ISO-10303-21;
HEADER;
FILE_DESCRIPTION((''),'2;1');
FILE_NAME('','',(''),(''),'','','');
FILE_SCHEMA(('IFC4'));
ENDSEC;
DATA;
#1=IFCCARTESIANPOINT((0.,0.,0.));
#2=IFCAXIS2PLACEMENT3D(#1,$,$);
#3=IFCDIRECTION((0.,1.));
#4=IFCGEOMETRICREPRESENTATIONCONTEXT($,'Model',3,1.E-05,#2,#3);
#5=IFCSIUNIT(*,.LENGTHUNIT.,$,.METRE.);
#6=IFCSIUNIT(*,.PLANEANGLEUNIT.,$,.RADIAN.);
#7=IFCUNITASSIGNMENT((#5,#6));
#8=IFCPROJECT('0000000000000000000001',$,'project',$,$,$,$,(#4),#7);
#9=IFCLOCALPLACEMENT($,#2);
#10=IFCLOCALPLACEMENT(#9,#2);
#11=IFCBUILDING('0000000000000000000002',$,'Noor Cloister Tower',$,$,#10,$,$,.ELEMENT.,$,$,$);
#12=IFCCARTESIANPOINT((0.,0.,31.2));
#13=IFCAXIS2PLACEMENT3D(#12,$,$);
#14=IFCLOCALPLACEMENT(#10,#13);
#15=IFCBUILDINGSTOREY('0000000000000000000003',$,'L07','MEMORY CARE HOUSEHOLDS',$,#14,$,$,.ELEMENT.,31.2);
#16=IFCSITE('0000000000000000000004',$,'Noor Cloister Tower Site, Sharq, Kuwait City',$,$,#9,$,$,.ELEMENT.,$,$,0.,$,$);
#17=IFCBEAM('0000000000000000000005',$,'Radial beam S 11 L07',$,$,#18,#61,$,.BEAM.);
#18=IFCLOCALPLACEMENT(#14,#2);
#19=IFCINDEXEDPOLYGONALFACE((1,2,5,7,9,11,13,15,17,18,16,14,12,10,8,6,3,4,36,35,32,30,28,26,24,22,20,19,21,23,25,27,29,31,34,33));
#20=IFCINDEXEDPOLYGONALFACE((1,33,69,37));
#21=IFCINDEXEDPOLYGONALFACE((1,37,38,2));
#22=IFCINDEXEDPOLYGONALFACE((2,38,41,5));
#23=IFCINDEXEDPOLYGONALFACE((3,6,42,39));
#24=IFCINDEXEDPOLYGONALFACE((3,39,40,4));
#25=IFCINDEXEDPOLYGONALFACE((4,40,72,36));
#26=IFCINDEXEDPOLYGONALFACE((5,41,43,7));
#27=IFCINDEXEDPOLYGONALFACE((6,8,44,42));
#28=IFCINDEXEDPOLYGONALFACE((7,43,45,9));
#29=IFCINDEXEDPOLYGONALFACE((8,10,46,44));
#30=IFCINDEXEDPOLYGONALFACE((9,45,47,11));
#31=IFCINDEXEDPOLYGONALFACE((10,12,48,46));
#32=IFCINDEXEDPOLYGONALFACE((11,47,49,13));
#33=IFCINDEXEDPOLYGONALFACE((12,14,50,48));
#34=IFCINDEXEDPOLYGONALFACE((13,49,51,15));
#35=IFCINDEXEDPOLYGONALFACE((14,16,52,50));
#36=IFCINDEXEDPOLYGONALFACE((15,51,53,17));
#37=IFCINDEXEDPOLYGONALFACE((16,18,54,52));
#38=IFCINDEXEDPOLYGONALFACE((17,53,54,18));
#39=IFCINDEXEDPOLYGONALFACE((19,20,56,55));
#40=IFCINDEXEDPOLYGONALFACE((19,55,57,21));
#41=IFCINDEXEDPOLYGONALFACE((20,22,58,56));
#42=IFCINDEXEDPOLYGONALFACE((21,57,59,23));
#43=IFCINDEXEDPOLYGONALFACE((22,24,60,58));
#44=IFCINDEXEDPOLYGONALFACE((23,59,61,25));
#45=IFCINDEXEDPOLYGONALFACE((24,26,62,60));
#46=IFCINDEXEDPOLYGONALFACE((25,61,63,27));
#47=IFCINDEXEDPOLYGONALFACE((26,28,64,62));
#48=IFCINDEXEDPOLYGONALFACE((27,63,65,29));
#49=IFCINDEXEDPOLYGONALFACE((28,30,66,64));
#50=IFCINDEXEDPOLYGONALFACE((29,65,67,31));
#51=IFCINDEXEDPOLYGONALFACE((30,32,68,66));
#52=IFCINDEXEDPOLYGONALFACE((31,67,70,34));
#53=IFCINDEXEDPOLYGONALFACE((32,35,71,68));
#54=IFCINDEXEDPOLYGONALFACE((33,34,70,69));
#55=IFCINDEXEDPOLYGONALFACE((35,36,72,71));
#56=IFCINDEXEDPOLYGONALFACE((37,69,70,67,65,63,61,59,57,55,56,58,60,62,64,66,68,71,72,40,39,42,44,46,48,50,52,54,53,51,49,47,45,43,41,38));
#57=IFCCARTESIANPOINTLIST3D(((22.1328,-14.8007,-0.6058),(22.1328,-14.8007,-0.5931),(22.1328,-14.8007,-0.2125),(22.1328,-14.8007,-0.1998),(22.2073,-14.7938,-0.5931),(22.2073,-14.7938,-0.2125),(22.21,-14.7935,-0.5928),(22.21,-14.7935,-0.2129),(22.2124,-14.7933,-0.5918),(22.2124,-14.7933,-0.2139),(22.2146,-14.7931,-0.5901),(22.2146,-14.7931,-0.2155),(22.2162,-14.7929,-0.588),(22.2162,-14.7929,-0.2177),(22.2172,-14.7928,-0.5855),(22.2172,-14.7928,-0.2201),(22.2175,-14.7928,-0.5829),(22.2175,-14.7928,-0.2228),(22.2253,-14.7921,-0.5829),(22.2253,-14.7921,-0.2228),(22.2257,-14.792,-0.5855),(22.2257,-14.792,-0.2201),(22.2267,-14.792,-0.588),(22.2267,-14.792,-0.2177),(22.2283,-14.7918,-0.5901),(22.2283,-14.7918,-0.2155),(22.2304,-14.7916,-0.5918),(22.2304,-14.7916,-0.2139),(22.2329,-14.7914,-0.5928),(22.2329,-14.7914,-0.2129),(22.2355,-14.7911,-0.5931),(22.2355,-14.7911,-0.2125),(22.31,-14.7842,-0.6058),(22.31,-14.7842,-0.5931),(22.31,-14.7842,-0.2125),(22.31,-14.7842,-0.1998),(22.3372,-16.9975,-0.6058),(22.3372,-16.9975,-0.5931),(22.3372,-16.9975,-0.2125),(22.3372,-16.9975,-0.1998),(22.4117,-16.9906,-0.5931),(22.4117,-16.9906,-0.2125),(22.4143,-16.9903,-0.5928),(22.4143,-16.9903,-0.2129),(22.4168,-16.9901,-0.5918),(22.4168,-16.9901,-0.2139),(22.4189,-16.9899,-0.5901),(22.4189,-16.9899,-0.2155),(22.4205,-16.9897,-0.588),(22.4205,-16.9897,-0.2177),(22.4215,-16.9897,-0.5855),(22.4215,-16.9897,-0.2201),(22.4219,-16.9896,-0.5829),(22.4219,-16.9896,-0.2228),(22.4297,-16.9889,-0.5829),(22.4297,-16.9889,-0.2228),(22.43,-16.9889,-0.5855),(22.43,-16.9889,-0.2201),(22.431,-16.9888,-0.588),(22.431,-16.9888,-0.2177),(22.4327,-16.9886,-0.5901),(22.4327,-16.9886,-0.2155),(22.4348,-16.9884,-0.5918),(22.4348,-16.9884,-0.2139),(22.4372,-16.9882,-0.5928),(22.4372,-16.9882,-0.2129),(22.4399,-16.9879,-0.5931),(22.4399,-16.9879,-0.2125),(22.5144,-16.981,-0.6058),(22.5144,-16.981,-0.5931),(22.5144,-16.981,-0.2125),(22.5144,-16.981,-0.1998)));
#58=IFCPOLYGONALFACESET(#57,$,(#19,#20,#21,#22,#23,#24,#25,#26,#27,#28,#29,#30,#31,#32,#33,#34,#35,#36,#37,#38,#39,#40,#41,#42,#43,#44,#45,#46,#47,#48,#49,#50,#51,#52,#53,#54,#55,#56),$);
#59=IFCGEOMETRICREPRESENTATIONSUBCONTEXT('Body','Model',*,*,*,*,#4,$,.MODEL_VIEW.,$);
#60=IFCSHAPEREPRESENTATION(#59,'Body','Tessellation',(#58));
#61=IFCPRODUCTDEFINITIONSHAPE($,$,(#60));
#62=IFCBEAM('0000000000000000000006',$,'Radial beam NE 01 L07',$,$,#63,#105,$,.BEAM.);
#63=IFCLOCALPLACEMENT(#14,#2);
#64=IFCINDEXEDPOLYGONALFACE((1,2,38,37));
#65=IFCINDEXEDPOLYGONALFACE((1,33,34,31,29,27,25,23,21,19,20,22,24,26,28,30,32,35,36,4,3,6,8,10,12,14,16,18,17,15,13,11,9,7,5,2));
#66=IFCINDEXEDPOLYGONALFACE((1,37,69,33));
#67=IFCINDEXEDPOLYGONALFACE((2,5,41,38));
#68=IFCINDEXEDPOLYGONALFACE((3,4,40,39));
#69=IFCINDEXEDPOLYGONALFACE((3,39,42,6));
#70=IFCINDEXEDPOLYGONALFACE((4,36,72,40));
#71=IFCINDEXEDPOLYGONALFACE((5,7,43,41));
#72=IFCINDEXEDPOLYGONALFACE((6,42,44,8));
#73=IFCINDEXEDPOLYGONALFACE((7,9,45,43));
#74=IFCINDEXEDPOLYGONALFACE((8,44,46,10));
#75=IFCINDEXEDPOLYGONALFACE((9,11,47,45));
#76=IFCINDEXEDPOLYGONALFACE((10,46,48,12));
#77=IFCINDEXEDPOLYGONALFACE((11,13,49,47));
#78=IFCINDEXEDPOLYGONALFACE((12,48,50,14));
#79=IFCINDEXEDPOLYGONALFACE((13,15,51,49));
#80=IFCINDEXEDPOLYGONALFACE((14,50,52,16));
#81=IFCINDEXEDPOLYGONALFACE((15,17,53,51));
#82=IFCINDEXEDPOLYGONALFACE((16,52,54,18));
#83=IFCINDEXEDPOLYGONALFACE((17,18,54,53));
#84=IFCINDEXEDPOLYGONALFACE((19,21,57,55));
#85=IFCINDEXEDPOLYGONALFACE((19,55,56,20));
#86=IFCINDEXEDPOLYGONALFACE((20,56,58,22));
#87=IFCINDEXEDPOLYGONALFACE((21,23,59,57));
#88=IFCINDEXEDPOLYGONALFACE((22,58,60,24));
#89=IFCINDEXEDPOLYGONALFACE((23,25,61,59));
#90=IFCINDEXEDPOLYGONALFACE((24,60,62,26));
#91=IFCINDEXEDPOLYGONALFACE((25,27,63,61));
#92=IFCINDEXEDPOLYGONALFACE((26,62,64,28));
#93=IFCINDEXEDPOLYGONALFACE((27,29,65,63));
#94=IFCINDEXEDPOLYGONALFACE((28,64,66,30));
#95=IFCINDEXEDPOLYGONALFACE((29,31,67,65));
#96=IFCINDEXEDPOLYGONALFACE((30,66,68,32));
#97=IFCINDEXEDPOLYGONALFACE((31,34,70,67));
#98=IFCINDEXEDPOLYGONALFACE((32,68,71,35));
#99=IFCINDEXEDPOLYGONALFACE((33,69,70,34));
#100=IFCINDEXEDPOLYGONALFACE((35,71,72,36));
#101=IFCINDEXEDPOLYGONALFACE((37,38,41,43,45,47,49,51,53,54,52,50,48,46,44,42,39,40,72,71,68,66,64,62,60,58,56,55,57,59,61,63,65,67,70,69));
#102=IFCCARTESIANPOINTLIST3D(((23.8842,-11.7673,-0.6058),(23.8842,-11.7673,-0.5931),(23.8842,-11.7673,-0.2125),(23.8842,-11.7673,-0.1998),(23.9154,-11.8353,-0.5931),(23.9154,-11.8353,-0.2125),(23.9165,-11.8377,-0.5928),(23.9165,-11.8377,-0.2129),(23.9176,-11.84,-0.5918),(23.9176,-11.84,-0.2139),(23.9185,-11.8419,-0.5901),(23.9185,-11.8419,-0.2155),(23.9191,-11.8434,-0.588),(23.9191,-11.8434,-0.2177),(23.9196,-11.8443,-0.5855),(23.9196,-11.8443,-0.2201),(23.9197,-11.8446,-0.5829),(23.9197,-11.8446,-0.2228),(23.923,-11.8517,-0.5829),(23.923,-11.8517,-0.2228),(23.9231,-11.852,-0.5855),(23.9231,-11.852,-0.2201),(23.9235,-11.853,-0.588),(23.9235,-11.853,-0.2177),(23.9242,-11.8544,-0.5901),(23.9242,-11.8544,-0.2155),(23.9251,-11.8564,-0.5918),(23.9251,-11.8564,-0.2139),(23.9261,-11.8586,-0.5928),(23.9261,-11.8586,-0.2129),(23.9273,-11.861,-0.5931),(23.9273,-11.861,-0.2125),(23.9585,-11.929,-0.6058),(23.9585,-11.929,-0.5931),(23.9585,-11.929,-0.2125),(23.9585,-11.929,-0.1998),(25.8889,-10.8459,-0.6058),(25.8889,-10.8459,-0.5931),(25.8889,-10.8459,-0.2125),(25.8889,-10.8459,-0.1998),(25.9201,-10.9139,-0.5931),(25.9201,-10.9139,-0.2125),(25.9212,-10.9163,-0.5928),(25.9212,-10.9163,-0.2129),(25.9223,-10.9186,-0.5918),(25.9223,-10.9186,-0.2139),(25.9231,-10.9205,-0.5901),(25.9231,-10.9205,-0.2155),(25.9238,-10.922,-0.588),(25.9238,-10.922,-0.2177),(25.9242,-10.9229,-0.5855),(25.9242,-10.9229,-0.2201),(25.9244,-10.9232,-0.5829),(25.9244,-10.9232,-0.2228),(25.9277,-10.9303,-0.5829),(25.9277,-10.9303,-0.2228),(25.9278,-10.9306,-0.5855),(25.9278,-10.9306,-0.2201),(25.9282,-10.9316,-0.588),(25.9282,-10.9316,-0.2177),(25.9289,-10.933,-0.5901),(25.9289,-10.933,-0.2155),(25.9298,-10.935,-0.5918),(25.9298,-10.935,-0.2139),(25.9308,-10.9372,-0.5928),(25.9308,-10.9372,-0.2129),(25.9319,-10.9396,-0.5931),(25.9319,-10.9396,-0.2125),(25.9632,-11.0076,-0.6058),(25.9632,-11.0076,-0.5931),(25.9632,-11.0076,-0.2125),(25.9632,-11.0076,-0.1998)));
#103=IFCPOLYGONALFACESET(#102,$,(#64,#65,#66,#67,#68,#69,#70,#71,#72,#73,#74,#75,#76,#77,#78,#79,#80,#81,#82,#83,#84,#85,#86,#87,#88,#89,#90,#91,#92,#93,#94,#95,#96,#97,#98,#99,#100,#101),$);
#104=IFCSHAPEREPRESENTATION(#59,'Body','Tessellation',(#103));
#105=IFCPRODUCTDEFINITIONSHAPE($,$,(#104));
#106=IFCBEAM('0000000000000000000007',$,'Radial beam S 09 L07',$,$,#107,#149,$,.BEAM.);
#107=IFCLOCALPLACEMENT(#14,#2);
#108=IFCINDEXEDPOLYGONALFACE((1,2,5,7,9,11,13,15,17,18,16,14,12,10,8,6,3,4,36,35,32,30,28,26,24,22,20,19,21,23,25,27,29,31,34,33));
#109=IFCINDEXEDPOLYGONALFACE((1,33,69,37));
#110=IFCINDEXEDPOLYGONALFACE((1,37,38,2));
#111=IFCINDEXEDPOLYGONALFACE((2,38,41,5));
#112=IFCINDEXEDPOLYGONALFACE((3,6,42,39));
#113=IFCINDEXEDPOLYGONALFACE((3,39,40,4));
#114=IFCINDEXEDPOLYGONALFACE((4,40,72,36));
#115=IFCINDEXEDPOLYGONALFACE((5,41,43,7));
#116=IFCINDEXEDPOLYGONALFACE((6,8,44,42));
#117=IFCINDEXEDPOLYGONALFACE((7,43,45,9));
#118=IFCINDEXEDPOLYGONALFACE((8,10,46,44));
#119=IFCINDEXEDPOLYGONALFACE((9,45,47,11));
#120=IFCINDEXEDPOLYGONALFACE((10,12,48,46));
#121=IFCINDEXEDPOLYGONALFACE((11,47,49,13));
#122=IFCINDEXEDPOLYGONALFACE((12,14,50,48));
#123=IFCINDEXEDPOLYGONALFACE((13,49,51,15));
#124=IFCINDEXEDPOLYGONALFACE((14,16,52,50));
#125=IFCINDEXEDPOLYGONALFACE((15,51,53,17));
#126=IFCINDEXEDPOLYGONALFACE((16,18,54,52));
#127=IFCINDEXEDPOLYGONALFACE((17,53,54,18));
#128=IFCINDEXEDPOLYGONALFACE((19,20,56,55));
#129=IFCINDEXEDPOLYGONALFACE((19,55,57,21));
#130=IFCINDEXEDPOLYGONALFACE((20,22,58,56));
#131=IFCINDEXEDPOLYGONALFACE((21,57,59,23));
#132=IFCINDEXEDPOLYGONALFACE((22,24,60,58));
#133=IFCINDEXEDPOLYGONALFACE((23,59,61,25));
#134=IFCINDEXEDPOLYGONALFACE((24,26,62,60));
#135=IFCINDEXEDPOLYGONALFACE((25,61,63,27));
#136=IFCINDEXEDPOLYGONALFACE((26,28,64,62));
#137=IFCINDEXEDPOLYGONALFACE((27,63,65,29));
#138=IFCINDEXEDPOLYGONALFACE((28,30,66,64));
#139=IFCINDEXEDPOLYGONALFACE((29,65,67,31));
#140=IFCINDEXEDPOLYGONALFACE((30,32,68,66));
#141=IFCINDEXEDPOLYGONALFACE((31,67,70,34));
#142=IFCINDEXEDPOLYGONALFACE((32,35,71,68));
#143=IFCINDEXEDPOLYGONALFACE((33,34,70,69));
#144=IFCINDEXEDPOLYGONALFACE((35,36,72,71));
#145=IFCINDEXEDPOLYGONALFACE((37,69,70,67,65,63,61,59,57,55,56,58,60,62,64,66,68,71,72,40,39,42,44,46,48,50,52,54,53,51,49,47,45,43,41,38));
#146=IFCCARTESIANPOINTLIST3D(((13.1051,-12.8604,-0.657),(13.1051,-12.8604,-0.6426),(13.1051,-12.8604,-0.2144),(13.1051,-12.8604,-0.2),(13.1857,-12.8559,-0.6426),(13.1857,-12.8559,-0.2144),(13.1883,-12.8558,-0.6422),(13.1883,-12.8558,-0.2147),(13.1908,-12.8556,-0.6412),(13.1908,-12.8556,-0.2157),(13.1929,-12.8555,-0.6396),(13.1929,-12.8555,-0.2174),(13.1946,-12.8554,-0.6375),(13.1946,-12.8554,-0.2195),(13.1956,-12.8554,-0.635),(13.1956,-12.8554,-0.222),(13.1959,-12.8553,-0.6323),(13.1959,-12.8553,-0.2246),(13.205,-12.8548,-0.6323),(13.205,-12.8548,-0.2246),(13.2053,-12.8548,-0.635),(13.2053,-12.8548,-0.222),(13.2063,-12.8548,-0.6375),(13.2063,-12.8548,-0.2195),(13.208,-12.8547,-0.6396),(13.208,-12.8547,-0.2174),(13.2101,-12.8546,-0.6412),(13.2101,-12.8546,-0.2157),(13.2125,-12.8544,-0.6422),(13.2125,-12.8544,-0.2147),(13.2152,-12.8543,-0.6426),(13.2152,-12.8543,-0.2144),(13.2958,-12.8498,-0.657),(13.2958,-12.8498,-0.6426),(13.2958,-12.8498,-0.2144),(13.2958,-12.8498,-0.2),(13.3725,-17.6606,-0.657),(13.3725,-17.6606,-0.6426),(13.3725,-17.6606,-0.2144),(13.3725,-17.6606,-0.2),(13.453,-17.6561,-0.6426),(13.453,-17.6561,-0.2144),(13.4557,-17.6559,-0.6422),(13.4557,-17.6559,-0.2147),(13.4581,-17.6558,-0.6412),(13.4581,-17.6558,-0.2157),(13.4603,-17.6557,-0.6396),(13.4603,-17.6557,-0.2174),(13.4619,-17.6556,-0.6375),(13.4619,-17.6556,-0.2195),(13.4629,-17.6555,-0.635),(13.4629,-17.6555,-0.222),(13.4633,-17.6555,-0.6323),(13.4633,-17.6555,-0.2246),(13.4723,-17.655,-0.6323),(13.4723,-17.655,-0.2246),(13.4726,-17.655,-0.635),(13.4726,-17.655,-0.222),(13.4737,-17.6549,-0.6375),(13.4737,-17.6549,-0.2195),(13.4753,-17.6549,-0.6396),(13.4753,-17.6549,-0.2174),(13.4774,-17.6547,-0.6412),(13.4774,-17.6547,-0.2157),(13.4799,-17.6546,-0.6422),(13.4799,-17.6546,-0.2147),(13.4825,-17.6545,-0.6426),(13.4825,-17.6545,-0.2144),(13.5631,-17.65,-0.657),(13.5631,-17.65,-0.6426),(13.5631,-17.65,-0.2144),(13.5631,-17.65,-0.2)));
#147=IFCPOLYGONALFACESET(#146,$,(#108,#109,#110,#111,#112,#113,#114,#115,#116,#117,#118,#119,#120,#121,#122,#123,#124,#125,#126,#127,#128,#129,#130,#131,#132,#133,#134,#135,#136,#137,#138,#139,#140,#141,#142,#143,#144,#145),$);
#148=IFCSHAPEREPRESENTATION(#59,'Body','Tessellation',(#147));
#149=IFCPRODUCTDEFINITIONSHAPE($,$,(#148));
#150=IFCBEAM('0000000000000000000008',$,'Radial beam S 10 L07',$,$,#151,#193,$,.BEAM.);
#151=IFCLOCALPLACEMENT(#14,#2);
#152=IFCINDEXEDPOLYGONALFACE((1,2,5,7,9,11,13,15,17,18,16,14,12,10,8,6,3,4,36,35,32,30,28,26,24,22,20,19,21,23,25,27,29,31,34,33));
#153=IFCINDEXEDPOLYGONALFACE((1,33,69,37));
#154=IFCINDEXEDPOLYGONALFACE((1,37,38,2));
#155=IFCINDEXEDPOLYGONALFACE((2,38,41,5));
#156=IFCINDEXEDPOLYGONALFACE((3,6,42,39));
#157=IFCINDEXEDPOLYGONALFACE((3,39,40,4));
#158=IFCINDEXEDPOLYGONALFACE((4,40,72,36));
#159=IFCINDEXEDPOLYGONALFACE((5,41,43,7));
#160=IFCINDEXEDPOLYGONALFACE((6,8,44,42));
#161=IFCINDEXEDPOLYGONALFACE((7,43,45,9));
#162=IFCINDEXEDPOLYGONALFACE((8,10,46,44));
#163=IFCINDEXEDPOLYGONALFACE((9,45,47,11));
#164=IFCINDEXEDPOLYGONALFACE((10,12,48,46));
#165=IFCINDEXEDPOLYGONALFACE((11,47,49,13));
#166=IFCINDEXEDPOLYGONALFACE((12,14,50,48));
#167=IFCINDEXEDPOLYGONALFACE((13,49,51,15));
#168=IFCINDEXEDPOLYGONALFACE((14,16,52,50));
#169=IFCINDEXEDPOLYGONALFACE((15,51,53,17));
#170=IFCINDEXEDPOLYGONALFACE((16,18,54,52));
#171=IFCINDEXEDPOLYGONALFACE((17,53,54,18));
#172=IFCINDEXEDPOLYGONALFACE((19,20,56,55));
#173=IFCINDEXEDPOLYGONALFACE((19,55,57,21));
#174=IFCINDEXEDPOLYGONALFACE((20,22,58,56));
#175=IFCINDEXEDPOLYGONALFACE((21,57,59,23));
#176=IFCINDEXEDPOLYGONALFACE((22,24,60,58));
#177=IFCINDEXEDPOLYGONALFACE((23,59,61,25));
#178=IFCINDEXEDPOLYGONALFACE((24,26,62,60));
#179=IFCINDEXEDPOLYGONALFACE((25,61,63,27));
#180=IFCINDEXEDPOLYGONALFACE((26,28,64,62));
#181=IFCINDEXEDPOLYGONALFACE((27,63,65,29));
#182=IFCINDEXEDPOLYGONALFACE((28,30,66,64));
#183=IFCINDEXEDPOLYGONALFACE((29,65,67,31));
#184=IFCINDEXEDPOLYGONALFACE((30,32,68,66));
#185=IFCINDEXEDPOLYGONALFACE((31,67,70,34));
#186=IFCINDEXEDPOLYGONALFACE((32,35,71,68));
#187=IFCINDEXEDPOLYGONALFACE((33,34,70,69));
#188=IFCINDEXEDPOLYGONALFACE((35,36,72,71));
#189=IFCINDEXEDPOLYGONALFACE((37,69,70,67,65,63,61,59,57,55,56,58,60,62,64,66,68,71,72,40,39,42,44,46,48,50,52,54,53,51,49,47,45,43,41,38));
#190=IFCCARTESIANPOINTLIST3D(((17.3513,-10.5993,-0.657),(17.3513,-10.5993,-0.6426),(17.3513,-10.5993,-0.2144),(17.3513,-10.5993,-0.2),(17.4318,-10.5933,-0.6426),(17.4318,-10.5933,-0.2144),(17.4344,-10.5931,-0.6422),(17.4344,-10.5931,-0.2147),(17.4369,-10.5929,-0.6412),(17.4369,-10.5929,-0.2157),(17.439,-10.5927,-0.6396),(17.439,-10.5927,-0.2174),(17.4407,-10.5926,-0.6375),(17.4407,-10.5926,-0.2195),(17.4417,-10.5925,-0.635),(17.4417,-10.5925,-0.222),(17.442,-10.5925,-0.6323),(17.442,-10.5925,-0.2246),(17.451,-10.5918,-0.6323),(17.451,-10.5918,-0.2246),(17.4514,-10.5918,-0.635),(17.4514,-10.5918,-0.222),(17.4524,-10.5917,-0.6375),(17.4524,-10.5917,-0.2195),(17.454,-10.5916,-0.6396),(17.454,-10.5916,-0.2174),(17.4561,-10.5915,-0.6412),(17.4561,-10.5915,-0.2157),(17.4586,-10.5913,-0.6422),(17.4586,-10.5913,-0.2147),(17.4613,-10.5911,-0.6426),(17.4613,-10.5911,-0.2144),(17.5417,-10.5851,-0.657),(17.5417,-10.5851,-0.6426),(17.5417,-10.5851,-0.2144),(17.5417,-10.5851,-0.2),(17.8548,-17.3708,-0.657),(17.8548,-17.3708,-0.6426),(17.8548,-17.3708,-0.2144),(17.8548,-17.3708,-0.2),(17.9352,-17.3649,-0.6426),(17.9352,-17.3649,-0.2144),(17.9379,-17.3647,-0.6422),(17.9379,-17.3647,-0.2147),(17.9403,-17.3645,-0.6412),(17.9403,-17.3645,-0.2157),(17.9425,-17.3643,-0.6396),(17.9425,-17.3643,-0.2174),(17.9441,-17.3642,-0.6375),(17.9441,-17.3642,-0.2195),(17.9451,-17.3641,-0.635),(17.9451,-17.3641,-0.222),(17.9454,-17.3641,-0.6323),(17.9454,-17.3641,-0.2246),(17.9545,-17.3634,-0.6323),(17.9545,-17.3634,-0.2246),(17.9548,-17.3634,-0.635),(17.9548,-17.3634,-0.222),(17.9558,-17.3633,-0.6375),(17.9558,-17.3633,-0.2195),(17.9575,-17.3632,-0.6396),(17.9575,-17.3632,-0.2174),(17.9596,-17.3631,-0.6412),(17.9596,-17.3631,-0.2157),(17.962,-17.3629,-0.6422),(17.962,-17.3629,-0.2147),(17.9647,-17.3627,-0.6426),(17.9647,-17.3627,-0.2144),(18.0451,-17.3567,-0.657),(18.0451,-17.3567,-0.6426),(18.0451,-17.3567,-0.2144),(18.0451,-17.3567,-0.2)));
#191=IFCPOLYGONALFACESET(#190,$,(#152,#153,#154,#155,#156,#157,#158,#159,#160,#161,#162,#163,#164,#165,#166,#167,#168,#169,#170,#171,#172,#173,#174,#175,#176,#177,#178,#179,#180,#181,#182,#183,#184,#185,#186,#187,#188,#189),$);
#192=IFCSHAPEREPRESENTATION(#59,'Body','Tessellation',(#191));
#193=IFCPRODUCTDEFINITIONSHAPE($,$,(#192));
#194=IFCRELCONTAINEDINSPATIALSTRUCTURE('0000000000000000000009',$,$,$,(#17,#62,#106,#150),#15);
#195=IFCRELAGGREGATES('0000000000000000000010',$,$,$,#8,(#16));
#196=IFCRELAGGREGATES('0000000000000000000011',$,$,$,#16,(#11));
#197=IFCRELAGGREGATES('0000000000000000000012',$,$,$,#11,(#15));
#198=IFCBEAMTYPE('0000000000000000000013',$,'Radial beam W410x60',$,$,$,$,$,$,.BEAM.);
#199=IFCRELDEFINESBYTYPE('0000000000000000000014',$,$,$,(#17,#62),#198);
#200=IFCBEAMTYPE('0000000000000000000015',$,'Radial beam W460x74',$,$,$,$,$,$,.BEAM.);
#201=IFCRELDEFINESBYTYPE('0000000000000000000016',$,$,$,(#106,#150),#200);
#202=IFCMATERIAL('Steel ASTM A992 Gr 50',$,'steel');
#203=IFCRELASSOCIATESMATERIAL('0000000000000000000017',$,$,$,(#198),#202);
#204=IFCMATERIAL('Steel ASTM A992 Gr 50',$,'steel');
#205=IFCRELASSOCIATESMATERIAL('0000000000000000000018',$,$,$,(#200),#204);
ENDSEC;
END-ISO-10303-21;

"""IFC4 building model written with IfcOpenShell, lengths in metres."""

from ifc_helpers import new_model, si_unit, direction, frame, origin, origin_2d, place, context, subcontext, project, spatial, i_section, extrude, material, material_profile, profile_set, type_object, element, save


model = new_model("IFC4")

# Units and contexts
model_context = context("Model", 3, precision=1e-05, world=origin(), true_north=direction((0.0, 1.0)))
body_context = subcontext(model_context, "Body", "Model", "MODEL_VIEW")
ifc_project = project(units=[si_unit("LENGTHUNIT", "METRE"), si_unit("PLANEANGLEUNIT", "RADIAN")], contexts=[model_context])

# Site, building, storey
site_placement = place(None, origin())
site = spatial("IfcSite", under=ifc_project, at=site_placement, Name="Noor Cloister Tower Site, Sharq, Kuwait City", CompositionType="ELEMENT", RefElevation=0.0)
building_placement = place(site_placement, origin())
building = spatial("IfcBuilding", under=site, at=building_placement, Name="Noor Cloister Tower", CompositionType="ELEMENT")
storey_placement = place(building_placement, frame((0.0, 0.0, 31.2)))
storey = spatial("IfcBuildingStorey", under=building, at=storey_placement, Name="L07", Description="MEMORY CARE HOUSEHOLDS", CompositionType="ELEMENT", Elevation=31.2)

# Beams
ifc_material_1 = material(Name="Steel ASTM A992 Gr 50", Category="steel")
ifc_material_profile_1 = material_profile(ifc_material_1, i_section(OverallWidth=0.178, OverallDepth=0.406, WebThickness=0.0078, FlangeThickness=0.0127, FilletRadius=0.0103, at=origin_2d()), Name="W410x60")
ifc_profile_set_1 = profile_set([ifc_material_profile_1], Name="Steel ASTM A992 Gr 50")
beam_type_1 = type_object("IfcBeamType", Name="Radial beam W410x60", PredefinedType="BEAM", material=ifc_profile_set_1)
for number, where, z_axis, x_axis, name in (
    (1, (22.4258, -16.9893, -0.4028), (-0.092621, 0.995701, 0.0), (-0.995701, -0.092621, 0.0), "Radial beam S 11 L07"),
    (2, (25.926, -10.9268, -0.4028), (-0.908619, -0.417626, 0.0), (0.417626, -0.908619, 0.0), "Radial beam NE 01 L07"),
):
    element("IfcBeam", number, at=place(storey_placement, frame(where, z_axis=z_axis, x_axis=x_axis)), inside=storey, type_object=beam_type_1, Name=name, PredefinedType="BEAM", context=body_context, shape_type="SweptSolid", body=[
        extrude(i_section(OverallWidth=0.178, OverallDepth=0.406, WebThickness=0.0078, FlangeThickness=0.0127, FilletRadius=0.0103, at=origin_2d()), origin(), (0.0, 0.0, 1.0), 2.2063),
    ])
ifc_material_2 = material(Name="Steel ASTM A992 Gr 50", Category="steel")
ifc_material_profile_2 = material_profile(ifc_material_2, i_section(OverallWidth=0.1909, OverallDepth=0.457, WebThickness=0.009, FlangeThickness=0.0144, FilletRadius=0.0103, at=origin_2d()), Name="W460x74")
ifc_profile_set_2 = profile_set([ifc_material_profile_2], Name="Steel ASTM A992 Gr 50")
beam_type_2 = type_object("IfcBeamType", Name="Radial beam W460x74", PredefinedType="BEAM", material=ifc_profile_set_2)
beam_1_placement = place(storey_placement, frame((13.4678, -17.6553, -0.4285), z_axis=(-0.055605, 0.998453, 0.0), x_axis=(-0.998453, -0.055605, 0.0)))
element("IfcBeam", 3, at=beam_1_placement, inside=storey, type_object=beam_type_2, Name="Radial beam S 09 L07", PredefinedType="BEAM", context=body_context, shape_type="SweptSolid", body=[
    extrude(i_section(OverallWidth=0.1909, OverallDepth=0.457, WebThickness=0.009, FlangeThickness=0.0144, FilletRadius=0.0103, at=origin_2d()), origin(), (0.0, 0.0, 1.0), 4.8076),
])
beam_2_placement = place(storey_placement, frame((17.95, -17.3638, -0.4285), z_axis=(-0.074139, 0.997248, 0.0), x_axis=(-0.997248, -0.074139, 0.0)))
element("IfcBeam", 4, at=beam_2_placement, inside=storey, type_object=beam_type_2, Name="Radial beam S 10 L07", PredefinedType="BEAM", context=body_context, shape_type="SweptSolid", body=[
    extrude(i_section(OverallWidth=0.1909, OverallDepth=0.457, WebThickness=0.009, FlangeThickness=0.0144, FilletRadius=0.0103, at=origin_2d()), origin(), (0.0, 0.0, 1.0), 6.7903),
])

save(model, "model.ifc")
